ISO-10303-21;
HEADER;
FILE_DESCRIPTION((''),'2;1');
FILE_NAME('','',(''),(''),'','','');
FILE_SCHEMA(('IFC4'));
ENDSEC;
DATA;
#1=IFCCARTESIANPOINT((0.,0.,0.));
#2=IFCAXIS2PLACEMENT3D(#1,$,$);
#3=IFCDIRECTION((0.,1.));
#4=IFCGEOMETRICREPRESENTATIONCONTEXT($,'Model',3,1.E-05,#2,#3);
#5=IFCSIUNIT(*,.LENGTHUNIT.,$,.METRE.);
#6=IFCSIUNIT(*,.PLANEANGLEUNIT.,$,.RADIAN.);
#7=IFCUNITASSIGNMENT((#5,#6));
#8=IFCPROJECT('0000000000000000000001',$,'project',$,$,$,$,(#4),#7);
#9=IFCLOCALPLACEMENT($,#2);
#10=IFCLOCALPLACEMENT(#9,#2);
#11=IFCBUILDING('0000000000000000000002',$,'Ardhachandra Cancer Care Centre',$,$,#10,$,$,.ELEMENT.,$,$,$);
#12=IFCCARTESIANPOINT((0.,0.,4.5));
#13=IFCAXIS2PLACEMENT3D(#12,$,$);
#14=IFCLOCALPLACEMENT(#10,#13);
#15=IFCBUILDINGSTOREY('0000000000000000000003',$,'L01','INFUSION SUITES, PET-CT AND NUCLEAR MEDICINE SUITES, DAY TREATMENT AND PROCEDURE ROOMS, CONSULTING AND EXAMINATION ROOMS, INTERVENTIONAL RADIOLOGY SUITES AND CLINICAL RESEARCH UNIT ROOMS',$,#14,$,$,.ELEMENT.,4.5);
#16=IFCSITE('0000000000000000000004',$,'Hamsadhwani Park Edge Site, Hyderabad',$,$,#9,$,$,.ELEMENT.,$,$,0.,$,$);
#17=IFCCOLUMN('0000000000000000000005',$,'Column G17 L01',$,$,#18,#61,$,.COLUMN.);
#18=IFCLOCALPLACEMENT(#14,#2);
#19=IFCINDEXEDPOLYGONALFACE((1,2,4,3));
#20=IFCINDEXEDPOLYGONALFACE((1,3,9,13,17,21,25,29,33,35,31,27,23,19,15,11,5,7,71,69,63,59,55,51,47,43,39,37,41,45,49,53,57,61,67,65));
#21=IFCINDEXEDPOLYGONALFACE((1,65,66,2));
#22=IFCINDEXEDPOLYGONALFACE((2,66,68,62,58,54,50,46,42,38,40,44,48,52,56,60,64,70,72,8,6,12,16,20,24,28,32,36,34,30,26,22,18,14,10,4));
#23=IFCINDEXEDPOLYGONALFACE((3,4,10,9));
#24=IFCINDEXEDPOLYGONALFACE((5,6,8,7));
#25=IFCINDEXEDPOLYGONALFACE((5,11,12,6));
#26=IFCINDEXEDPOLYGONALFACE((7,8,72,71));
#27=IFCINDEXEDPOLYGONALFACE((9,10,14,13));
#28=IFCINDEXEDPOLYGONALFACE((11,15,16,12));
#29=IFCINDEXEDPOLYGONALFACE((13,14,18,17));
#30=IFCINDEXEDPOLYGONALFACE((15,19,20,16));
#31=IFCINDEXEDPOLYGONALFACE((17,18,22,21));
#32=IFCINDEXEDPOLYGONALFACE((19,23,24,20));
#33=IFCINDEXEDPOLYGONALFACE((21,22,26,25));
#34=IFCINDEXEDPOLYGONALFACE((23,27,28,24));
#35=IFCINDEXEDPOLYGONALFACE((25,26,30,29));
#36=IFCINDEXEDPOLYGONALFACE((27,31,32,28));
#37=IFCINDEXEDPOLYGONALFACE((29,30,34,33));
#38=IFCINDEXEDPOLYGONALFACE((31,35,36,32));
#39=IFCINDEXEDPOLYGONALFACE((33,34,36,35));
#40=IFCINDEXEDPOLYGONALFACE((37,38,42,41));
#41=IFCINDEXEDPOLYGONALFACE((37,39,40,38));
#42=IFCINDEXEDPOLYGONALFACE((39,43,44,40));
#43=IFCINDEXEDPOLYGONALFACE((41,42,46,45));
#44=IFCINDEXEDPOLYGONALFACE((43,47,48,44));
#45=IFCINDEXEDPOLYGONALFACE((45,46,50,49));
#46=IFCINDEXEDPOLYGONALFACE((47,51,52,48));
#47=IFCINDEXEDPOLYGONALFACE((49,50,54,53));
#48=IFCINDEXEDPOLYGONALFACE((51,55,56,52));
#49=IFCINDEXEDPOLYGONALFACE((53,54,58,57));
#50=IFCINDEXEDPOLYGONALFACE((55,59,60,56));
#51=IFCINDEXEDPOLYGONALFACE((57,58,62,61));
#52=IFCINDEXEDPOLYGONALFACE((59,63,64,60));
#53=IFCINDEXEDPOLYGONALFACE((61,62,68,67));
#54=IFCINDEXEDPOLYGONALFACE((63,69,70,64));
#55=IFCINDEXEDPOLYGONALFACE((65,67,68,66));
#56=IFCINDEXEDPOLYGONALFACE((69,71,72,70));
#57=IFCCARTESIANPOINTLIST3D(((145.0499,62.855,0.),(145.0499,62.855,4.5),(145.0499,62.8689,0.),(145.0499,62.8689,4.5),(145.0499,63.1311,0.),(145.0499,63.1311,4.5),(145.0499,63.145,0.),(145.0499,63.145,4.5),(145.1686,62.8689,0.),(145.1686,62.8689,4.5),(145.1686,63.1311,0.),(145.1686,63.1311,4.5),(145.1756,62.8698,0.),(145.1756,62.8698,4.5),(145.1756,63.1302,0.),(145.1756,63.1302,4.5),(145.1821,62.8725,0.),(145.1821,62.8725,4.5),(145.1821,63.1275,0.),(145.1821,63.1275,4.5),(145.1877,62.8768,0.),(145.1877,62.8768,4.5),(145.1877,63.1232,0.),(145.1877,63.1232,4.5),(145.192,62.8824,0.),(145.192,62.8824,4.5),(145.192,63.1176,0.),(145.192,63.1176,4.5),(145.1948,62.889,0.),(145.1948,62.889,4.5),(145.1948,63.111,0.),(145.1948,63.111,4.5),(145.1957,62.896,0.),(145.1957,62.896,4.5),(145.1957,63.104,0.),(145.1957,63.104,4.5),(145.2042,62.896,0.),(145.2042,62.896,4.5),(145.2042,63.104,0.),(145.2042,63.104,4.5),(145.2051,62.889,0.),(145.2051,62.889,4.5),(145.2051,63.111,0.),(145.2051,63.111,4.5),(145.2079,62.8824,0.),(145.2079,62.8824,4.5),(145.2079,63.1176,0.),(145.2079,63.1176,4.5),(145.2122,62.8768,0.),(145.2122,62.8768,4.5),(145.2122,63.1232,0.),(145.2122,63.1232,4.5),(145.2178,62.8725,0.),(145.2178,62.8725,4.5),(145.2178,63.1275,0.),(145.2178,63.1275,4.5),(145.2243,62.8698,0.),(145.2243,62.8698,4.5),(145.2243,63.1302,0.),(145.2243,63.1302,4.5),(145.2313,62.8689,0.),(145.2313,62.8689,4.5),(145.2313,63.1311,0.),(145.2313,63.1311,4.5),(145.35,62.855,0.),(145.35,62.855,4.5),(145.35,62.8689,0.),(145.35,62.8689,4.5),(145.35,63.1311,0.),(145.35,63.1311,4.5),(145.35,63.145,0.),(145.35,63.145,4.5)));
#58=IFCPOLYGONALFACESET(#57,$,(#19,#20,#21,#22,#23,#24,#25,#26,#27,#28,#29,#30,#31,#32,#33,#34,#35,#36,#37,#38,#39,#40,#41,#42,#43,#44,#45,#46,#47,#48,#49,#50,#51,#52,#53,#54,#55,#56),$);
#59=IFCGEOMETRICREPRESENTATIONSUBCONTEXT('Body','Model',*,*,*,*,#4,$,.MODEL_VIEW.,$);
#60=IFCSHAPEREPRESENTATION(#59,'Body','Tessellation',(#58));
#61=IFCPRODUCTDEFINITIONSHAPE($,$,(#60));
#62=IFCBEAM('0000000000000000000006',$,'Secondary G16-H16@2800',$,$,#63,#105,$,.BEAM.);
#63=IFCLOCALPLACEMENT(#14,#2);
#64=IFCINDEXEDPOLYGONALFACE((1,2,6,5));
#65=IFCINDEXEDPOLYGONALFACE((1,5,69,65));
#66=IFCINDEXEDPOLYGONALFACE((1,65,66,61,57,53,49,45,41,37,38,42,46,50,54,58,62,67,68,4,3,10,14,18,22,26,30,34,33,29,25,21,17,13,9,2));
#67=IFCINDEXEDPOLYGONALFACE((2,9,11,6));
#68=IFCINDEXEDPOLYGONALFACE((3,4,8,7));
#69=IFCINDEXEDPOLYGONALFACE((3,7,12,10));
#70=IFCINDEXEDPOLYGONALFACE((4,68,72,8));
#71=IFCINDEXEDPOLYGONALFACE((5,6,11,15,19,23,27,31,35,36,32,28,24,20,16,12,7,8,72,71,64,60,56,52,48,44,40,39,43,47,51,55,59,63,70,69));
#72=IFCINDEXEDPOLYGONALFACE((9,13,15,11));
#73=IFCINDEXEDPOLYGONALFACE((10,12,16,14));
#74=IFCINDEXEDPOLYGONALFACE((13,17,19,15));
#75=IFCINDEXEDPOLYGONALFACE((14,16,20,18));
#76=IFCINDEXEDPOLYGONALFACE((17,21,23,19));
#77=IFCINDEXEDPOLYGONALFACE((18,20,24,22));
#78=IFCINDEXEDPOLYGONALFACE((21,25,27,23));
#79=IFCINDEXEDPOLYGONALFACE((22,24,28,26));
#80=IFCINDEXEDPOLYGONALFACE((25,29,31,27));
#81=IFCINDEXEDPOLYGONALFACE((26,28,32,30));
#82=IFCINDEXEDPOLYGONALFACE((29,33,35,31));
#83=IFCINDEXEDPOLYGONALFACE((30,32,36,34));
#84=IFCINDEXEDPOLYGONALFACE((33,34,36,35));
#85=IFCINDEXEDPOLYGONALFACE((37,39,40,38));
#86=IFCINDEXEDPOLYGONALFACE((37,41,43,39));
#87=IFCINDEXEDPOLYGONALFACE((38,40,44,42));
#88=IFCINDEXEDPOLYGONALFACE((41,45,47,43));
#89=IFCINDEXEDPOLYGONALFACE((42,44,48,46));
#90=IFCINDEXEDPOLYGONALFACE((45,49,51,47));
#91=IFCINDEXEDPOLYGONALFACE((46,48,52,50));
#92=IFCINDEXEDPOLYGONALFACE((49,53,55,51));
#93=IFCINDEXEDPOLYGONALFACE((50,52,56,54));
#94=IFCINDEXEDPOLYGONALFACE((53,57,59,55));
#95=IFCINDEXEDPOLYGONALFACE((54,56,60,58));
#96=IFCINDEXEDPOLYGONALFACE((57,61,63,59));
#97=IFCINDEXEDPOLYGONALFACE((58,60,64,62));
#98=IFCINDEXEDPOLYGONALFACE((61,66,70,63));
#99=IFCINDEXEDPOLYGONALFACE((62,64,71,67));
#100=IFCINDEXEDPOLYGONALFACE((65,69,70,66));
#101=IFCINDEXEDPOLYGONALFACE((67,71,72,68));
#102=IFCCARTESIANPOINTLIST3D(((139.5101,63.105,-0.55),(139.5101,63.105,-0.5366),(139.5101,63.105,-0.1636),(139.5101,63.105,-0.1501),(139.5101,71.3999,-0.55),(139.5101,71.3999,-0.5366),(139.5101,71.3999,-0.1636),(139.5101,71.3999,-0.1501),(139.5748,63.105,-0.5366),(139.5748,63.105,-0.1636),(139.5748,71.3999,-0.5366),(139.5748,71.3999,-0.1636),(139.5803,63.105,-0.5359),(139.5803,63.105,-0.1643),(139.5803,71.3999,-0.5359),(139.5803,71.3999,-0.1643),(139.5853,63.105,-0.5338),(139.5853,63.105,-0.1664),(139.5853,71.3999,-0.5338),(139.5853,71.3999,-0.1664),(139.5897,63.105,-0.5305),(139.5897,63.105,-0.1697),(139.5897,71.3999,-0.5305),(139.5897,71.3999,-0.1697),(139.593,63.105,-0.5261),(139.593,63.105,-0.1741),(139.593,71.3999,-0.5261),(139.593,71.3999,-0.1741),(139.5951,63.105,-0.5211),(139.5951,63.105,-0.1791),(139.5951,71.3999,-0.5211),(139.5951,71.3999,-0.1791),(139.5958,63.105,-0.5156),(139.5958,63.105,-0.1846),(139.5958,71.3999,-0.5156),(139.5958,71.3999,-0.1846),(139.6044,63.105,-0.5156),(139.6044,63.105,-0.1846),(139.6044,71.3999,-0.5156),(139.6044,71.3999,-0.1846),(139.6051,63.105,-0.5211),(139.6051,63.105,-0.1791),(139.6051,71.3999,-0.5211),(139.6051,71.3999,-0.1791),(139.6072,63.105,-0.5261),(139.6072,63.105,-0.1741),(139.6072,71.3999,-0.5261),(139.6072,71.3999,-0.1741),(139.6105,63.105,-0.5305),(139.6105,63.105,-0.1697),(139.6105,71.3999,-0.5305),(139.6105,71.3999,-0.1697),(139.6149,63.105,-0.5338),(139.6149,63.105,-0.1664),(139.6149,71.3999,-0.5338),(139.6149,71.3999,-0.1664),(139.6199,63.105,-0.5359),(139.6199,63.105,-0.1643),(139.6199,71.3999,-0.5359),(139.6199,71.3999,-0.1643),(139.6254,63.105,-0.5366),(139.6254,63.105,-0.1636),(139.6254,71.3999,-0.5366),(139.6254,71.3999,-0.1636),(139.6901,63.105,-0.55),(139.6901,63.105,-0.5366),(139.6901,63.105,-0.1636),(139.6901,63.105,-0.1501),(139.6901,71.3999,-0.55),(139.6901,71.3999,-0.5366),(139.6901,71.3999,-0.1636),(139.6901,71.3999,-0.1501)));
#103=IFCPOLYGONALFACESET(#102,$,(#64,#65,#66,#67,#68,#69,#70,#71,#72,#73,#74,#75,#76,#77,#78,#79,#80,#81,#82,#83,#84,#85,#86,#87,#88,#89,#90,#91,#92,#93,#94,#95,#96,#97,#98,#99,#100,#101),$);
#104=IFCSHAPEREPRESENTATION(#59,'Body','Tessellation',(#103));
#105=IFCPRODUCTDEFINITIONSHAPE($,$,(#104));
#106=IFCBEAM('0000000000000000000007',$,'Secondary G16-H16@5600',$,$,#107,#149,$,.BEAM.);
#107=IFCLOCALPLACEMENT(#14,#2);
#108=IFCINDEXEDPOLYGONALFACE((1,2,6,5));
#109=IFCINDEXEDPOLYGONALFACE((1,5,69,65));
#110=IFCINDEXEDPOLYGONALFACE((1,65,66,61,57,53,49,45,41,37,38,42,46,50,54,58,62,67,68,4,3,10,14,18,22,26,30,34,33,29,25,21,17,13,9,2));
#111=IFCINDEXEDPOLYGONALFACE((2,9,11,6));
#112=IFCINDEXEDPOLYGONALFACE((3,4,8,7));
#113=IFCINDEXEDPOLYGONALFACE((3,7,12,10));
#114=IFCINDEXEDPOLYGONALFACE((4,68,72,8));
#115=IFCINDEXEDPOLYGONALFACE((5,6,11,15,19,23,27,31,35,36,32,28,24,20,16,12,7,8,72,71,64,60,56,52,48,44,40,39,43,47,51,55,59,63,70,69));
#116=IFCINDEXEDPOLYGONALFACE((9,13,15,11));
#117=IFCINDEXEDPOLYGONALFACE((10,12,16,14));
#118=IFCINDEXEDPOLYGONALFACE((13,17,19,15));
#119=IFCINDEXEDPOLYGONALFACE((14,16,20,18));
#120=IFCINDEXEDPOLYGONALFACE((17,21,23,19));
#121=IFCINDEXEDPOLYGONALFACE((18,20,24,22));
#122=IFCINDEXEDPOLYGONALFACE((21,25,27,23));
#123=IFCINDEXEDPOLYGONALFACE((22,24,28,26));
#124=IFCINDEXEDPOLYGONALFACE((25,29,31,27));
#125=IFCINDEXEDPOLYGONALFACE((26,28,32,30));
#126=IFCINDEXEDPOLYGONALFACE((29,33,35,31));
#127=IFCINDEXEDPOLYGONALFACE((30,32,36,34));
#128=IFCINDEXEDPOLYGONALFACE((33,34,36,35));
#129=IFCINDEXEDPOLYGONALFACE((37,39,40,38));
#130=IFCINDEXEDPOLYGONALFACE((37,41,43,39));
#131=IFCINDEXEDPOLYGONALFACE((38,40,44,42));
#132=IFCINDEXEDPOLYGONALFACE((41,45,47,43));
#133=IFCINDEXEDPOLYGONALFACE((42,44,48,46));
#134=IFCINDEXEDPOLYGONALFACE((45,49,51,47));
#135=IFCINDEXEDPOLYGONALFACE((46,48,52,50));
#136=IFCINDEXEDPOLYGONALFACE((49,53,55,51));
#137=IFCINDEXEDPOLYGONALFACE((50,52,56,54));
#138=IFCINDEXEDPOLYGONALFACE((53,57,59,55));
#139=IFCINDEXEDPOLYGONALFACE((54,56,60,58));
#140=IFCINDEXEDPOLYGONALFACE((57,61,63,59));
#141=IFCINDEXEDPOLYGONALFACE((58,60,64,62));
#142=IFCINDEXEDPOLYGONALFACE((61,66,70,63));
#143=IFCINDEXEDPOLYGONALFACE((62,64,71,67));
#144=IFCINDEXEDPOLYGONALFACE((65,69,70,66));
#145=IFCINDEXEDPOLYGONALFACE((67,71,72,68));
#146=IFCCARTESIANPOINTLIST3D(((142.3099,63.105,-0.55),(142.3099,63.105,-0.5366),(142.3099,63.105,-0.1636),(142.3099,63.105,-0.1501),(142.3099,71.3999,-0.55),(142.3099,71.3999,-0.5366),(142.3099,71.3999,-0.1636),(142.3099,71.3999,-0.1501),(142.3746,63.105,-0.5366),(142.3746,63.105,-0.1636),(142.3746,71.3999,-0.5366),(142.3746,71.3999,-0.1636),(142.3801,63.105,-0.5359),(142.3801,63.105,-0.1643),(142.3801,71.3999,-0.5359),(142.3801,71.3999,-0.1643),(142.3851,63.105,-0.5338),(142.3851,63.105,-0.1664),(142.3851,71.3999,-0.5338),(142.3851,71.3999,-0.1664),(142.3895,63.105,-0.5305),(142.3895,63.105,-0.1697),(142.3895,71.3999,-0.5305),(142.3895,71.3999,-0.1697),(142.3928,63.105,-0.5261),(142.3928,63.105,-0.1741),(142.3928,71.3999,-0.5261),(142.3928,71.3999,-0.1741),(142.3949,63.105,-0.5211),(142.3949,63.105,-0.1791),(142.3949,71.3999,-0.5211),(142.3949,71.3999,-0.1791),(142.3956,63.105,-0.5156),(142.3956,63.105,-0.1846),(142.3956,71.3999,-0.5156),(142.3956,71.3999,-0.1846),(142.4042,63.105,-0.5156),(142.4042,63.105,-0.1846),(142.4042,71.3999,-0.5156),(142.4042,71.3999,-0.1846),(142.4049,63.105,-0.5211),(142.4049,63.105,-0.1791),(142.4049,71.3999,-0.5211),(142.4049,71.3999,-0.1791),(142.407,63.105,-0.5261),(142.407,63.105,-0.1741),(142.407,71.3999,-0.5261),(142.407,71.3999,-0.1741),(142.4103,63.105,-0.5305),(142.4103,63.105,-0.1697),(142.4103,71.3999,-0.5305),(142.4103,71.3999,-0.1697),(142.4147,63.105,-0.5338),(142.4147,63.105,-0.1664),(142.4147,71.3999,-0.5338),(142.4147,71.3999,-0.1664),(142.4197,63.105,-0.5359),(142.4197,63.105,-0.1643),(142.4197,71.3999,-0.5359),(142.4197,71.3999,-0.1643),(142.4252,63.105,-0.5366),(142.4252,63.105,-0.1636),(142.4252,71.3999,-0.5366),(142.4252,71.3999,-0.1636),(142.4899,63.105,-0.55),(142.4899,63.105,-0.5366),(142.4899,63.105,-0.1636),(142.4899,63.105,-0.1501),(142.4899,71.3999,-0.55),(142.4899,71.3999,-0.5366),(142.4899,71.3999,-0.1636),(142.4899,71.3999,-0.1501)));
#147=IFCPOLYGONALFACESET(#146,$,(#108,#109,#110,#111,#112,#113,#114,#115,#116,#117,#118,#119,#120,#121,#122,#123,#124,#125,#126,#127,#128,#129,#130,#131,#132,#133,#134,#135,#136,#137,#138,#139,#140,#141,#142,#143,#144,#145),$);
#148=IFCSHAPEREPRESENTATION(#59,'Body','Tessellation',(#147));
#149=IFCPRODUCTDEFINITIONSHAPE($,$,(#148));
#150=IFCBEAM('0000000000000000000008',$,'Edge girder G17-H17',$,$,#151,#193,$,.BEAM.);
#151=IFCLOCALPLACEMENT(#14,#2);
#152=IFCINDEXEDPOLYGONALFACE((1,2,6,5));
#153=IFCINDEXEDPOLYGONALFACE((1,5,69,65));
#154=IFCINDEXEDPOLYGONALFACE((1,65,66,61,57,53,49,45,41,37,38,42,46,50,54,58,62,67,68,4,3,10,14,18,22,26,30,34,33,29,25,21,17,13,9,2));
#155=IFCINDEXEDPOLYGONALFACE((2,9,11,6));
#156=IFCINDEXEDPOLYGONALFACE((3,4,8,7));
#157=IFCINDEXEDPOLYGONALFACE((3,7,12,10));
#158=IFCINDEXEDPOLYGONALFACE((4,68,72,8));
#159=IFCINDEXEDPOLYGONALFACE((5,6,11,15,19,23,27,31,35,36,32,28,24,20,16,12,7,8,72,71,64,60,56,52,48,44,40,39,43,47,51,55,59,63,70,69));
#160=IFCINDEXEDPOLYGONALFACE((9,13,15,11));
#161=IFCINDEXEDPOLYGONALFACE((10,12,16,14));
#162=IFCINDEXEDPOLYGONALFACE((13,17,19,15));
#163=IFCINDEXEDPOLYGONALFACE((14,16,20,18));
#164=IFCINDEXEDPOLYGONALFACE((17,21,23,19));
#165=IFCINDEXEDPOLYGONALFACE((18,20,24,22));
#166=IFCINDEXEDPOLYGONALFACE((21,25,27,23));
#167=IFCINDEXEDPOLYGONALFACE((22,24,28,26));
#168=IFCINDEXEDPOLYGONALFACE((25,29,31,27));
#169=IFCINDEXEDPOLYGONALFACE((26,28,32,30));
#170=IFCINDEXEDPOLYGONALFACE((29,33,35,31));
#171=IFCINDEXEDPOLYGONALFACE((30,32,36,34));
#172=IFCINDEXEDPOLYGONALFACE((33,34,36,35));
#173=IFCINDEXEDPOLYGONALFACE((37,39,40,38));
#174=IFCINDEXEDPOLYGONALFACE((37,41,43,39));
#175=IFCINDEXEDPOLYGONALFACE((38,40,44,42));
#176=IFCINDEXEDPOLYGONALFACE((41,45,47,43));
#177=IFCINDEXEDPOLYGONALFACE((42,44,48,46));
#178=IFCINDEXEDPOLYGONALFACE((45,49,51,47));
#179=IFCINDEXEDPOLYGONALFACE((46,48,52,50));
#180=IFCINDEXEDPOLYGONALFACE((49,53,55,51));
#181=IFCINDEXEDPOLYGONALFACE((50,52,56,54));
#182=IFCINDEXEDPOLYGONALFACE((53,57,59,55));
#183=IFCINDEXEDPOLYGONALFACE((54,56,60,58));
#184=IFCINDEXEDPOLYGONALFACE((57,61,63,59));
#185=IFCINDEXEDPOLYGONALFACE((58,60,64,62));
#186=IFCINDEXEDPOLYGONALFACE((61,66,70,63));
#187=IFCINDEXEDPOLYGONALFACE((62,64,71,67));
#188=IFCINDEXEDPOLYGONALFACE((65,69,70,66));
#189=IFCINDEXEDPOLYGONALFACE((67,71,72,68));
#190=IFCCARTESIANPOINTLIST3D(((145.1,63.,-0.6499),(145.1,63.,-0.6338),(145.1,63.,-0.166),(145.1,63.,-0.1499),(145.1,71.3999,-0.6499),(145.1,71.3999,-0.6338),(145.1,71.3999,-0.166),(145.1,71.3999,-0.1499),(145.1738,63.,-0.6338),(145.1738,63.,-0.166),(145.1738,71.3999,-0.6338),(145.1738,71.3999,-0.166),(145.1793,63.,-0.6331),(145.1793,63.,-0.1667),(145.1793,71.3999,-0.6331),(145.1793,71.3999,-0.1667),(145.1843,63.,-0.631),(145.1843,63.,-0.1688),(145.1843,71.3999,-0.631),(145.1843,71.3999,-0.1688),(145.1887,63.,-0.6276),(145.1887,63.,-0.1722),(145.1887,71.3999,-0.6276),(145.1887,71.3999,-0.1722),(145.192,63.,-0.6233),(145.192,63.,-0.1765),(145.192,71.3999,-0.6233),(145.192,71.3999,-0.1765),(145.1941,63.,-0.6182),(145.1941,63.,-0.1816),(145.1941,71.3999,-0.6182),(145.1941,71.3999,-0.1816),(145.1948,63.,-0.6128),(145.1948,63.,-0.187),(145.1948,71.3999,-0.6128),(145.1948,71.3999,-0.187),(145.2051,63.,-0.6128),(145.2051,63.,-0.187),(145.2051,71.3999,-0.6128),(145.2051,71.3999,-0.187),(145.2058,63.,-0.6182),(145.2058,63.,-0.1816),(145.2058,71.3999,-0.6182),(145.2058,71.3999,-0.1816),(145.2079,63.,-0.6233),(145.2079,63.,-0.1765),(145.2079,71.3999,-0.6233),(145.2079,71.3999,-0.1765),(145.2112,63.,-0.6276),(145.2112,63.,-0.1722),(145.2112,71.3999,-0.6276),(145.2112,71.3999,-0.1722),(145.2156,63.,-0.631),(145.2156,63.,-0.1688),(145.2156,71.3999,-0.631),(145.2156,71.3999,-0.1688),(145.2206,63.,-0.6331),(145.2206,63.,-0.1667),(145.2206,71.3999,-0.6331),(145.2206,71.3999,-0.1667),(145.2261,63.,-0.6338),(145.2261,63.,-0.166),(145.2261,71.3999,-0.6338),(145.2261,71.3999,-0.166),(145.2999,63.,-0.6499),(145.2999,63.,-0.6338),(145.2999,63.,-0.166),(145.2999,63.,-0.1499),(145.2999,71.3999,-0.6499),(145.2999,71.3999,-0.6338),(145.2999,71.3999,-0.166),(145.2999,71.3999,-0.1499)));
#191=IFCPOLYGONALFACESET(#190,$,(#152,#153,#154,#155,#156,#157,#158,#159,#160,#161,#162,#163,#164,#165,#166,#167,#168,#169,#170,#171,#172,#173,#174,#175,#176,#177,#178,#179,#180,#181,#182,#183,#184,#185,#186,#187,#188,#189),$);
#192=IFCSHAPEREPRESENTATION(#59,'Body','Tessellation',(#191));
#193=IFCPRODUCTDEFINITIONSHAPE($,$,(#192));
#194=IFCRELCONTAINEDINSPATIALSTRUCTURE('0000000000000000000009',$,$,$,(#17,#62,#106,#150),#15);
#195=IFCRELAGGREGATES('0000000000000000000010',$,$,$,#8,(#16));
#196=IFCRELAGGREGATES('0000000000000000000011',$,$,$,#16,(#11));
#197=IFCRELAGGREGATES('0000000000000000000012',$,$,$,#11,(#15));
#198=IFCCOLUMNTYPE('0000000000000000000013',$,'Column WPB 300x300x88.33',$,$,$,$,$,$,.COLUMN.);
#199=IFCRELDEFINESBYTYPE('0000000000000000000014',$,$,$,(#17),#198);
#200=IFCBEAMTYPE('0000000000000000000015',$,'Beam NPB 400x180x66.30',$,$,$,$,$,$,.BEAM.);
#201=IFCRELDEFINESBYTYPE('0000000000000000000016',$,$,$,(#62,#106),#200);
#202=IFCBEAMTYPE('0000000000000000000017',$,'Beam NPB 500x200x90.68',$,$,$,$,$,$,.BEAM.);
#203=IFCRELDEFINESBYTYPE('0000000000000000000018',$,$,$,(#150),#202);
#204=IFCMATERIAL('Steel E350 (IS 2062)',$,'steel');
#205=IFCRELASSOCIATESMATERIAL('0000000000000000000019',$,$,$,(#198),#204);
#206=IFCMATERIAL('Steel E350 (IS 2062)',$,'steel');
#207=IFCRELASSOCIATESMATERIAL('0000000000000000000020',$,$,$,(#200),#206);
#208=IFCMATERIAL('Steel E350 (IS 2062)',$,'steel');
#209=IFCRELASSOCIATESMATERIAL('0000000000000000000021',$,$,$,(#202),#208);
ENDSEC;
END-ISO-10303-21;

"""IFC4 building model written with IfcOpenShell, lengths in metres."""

from ifc_helpers import new_model, si_unit, direction, frame, origin, origin_2d, place, context, subcontext, project, spatial, i_section, extrude, material, material_profile, profile_set, type_object, element, save


model = new_model("IFC4")

# Units and contexts
model_context = context("Model", 3, precision=1e-05, world=origin(), true_north=direction((0.0, 1.0)))
body_context = subcontext(model_context, "Body", "Model", "MODEL_VIEW")
ifc_project = project(units=[si_unit("LENGTHUNIT", "METRE"), si_unit("PLANEANGLEUNIT", "RADIAN")], contexts=[model_context])

# Site, building, storey
site_placement = place(None, origin())
site = spatial("IfcSite", under=ifc_project, at=site_placement, Name="Hamsadhwani Park Edge Site, Hyderabad", CompositionType="ELEMENT", RefElevation=0.0)
building_placement = place(site_placement, origin())
building = spatial("IfcBuilding", under=site, at=building_placement, Name="Ardhachandra Cancer Care Centre", CompositionType="ELEMENT")
storey_placement = place(building_placement, frame((0.0, 0.0, 4.5)))
storey = spatial("IfcBuildingStorey", under=building, at=storey_placement, Name="L01", Description="INFUSION SUITES, PET-CT AND NUCLEAR MEDICINE SUITES, DAY TREATMENT AND PROCEDURE ROOMS, CONSULTING AND EXAMINATION ROOMS, INTERVENTIONAL RADIOLOGY SUITES AND CLINICAL RESEARCH UNIT ROOMS", CompositionType="ELEMENT", Elevation=4.5)

# Column
ifc_material_1 = material(Name="Steel E350 (IS 2062)", Category="steel")
ifc_material_profile_1 = material_profile(ifc_material_1, i_section(OverallWidth=0.3, OverallDepth=0.29, WebThickness=0.0085, FlangeThickness=0.0139, FilletRadius=0.0271, at=origin_2d()), Name="WPB 300x300x88.33")
ifc_profile_set_1 = profile_set([ifc_material_profile_1], Name="Steel E350 (IS 2062)")
column_type = type_object("IfcColumnType", Name="Column WPB 300x300x88.33", PredefinedType="COLUMN", material=ifc_profile_set_1)
column_placement = place(storey_placement, frame((145.2, 63.0, 0.0), z_axis=(0.0, 0.0, 1.0), x_axis=(1.0, 0.0, 0.0)))
element("IfcColumn", 1, at=column_placement, inside=storey, type_object=column_type, Name="Column G17 L01", PredefinedType="COLUMN", context=body_context, shape_type="SweptSolid", body=[
    extrude(i_section(OverallWidth=0.3, OverallDepth=0.29, WebThickness=0.0085, FlangeThickness=0.0139, FilletRadius=0.0271, at=origin_2d()), origin(), (0.0, 0.0, 1.0), 4.5),
])

# Beams
ifc_material_2 = material(Name="Steel E350 (IS 2062)", Category="steel")
ifc_material_profile_2 = material_profile(ifc_material_2, i_section(OverallWidth=0.1799, OverallDepth=0.3999, WebThickness=0.0085, FlangeThickness=0.0134, FilletRadius=0.021, at=origin_2d()), Name="NPB 400x180x66.30")
ifc_profile_set_2 = profile_set([ifc_material_profile_2], Name="Steel E350 (IS 2062)")
beam_type_1 = type_object("IfcBeamType", Name="Beam NPB 400x180x66.30", PredefinedType="BEAM", material=ifc_profile_set_2)
for number, where, z_axis, x_axis, name in (
    (2, (139.6001, 63.105, -0.3501), (0.0, 1.0, 0.0), (-1.0, 0.0, 0.0), "Secondary G16-H16@2800"),
    (3, (142.3999, 63.105, -0.3501), (0.0, 1.0, 0.0), (-1.0, 0.0, 0.0), "Secondary G16-H16@5600"),
):
    element("IfcBeam", number, at=place(storey_placement, frame(where, z_axis=z_axis, x_axis=x_axis)), inside=storey, type_object=beam_type_1, Name=name, PredefinedType="BEAM", context=body_context, shape_type="SweptSolid", body=[
        extrude(i_section(OverallWidth=0.1799, OverallDepth=0.3999, WebThickness=0.0085, FlangeThickness=0.0134, FilletRadius=0.021, at=origin_2d()), origin(), (0.0, 0.0, 1.0), 8.2949),
    ])
ifc_material_3 = material(Name="Steel E350 (IS 2062)", Category="steel")
ifc_material_profile_3 = material_profile(ifc_material_3, i_section(OverallWidth=0.2, OverallDepth=0.5, WebThickness=0.0103, FlangeThickness=0.0161, FilletRadius=0.021, at=origin_2d()), Name="NPB 500x200x90.68")
ifc_profile_set_3 = profile_set([ifc_material_profile_3], Name="Steel E350 (IS 2062)")
beam_type_2 = type_object("IfcBeamType", Name="Beam NPB 500x200x90.68", PredefinedType="BEAM", material=ifc_profile_set_3)
beam_placement = place(storey_placement, frame((145.2, 63.0, -0.3999), z_axis=(0.0, 1.0, 0.0), x_axis=(-1.0, 0.0, 0.0)))
element("IfcBeam", 4, at=beam_placement, inside=storey, type_object=beam_type_2, Name="Edge girder G17-H17", PredefinedType="BEAM", context=body_context, shape_type="SweptSolid", body=[
    extrude(i_section(OverallWidth=0.2, OverallDepth=0.5, WebThickness=0.0103, FlangeThickness=0.0161, FilletRadius=0.021, at=origin_2d()), origin(), (0.0, 0.0, 1.0), 8.3999),
])

save(model, "model.ifc")
